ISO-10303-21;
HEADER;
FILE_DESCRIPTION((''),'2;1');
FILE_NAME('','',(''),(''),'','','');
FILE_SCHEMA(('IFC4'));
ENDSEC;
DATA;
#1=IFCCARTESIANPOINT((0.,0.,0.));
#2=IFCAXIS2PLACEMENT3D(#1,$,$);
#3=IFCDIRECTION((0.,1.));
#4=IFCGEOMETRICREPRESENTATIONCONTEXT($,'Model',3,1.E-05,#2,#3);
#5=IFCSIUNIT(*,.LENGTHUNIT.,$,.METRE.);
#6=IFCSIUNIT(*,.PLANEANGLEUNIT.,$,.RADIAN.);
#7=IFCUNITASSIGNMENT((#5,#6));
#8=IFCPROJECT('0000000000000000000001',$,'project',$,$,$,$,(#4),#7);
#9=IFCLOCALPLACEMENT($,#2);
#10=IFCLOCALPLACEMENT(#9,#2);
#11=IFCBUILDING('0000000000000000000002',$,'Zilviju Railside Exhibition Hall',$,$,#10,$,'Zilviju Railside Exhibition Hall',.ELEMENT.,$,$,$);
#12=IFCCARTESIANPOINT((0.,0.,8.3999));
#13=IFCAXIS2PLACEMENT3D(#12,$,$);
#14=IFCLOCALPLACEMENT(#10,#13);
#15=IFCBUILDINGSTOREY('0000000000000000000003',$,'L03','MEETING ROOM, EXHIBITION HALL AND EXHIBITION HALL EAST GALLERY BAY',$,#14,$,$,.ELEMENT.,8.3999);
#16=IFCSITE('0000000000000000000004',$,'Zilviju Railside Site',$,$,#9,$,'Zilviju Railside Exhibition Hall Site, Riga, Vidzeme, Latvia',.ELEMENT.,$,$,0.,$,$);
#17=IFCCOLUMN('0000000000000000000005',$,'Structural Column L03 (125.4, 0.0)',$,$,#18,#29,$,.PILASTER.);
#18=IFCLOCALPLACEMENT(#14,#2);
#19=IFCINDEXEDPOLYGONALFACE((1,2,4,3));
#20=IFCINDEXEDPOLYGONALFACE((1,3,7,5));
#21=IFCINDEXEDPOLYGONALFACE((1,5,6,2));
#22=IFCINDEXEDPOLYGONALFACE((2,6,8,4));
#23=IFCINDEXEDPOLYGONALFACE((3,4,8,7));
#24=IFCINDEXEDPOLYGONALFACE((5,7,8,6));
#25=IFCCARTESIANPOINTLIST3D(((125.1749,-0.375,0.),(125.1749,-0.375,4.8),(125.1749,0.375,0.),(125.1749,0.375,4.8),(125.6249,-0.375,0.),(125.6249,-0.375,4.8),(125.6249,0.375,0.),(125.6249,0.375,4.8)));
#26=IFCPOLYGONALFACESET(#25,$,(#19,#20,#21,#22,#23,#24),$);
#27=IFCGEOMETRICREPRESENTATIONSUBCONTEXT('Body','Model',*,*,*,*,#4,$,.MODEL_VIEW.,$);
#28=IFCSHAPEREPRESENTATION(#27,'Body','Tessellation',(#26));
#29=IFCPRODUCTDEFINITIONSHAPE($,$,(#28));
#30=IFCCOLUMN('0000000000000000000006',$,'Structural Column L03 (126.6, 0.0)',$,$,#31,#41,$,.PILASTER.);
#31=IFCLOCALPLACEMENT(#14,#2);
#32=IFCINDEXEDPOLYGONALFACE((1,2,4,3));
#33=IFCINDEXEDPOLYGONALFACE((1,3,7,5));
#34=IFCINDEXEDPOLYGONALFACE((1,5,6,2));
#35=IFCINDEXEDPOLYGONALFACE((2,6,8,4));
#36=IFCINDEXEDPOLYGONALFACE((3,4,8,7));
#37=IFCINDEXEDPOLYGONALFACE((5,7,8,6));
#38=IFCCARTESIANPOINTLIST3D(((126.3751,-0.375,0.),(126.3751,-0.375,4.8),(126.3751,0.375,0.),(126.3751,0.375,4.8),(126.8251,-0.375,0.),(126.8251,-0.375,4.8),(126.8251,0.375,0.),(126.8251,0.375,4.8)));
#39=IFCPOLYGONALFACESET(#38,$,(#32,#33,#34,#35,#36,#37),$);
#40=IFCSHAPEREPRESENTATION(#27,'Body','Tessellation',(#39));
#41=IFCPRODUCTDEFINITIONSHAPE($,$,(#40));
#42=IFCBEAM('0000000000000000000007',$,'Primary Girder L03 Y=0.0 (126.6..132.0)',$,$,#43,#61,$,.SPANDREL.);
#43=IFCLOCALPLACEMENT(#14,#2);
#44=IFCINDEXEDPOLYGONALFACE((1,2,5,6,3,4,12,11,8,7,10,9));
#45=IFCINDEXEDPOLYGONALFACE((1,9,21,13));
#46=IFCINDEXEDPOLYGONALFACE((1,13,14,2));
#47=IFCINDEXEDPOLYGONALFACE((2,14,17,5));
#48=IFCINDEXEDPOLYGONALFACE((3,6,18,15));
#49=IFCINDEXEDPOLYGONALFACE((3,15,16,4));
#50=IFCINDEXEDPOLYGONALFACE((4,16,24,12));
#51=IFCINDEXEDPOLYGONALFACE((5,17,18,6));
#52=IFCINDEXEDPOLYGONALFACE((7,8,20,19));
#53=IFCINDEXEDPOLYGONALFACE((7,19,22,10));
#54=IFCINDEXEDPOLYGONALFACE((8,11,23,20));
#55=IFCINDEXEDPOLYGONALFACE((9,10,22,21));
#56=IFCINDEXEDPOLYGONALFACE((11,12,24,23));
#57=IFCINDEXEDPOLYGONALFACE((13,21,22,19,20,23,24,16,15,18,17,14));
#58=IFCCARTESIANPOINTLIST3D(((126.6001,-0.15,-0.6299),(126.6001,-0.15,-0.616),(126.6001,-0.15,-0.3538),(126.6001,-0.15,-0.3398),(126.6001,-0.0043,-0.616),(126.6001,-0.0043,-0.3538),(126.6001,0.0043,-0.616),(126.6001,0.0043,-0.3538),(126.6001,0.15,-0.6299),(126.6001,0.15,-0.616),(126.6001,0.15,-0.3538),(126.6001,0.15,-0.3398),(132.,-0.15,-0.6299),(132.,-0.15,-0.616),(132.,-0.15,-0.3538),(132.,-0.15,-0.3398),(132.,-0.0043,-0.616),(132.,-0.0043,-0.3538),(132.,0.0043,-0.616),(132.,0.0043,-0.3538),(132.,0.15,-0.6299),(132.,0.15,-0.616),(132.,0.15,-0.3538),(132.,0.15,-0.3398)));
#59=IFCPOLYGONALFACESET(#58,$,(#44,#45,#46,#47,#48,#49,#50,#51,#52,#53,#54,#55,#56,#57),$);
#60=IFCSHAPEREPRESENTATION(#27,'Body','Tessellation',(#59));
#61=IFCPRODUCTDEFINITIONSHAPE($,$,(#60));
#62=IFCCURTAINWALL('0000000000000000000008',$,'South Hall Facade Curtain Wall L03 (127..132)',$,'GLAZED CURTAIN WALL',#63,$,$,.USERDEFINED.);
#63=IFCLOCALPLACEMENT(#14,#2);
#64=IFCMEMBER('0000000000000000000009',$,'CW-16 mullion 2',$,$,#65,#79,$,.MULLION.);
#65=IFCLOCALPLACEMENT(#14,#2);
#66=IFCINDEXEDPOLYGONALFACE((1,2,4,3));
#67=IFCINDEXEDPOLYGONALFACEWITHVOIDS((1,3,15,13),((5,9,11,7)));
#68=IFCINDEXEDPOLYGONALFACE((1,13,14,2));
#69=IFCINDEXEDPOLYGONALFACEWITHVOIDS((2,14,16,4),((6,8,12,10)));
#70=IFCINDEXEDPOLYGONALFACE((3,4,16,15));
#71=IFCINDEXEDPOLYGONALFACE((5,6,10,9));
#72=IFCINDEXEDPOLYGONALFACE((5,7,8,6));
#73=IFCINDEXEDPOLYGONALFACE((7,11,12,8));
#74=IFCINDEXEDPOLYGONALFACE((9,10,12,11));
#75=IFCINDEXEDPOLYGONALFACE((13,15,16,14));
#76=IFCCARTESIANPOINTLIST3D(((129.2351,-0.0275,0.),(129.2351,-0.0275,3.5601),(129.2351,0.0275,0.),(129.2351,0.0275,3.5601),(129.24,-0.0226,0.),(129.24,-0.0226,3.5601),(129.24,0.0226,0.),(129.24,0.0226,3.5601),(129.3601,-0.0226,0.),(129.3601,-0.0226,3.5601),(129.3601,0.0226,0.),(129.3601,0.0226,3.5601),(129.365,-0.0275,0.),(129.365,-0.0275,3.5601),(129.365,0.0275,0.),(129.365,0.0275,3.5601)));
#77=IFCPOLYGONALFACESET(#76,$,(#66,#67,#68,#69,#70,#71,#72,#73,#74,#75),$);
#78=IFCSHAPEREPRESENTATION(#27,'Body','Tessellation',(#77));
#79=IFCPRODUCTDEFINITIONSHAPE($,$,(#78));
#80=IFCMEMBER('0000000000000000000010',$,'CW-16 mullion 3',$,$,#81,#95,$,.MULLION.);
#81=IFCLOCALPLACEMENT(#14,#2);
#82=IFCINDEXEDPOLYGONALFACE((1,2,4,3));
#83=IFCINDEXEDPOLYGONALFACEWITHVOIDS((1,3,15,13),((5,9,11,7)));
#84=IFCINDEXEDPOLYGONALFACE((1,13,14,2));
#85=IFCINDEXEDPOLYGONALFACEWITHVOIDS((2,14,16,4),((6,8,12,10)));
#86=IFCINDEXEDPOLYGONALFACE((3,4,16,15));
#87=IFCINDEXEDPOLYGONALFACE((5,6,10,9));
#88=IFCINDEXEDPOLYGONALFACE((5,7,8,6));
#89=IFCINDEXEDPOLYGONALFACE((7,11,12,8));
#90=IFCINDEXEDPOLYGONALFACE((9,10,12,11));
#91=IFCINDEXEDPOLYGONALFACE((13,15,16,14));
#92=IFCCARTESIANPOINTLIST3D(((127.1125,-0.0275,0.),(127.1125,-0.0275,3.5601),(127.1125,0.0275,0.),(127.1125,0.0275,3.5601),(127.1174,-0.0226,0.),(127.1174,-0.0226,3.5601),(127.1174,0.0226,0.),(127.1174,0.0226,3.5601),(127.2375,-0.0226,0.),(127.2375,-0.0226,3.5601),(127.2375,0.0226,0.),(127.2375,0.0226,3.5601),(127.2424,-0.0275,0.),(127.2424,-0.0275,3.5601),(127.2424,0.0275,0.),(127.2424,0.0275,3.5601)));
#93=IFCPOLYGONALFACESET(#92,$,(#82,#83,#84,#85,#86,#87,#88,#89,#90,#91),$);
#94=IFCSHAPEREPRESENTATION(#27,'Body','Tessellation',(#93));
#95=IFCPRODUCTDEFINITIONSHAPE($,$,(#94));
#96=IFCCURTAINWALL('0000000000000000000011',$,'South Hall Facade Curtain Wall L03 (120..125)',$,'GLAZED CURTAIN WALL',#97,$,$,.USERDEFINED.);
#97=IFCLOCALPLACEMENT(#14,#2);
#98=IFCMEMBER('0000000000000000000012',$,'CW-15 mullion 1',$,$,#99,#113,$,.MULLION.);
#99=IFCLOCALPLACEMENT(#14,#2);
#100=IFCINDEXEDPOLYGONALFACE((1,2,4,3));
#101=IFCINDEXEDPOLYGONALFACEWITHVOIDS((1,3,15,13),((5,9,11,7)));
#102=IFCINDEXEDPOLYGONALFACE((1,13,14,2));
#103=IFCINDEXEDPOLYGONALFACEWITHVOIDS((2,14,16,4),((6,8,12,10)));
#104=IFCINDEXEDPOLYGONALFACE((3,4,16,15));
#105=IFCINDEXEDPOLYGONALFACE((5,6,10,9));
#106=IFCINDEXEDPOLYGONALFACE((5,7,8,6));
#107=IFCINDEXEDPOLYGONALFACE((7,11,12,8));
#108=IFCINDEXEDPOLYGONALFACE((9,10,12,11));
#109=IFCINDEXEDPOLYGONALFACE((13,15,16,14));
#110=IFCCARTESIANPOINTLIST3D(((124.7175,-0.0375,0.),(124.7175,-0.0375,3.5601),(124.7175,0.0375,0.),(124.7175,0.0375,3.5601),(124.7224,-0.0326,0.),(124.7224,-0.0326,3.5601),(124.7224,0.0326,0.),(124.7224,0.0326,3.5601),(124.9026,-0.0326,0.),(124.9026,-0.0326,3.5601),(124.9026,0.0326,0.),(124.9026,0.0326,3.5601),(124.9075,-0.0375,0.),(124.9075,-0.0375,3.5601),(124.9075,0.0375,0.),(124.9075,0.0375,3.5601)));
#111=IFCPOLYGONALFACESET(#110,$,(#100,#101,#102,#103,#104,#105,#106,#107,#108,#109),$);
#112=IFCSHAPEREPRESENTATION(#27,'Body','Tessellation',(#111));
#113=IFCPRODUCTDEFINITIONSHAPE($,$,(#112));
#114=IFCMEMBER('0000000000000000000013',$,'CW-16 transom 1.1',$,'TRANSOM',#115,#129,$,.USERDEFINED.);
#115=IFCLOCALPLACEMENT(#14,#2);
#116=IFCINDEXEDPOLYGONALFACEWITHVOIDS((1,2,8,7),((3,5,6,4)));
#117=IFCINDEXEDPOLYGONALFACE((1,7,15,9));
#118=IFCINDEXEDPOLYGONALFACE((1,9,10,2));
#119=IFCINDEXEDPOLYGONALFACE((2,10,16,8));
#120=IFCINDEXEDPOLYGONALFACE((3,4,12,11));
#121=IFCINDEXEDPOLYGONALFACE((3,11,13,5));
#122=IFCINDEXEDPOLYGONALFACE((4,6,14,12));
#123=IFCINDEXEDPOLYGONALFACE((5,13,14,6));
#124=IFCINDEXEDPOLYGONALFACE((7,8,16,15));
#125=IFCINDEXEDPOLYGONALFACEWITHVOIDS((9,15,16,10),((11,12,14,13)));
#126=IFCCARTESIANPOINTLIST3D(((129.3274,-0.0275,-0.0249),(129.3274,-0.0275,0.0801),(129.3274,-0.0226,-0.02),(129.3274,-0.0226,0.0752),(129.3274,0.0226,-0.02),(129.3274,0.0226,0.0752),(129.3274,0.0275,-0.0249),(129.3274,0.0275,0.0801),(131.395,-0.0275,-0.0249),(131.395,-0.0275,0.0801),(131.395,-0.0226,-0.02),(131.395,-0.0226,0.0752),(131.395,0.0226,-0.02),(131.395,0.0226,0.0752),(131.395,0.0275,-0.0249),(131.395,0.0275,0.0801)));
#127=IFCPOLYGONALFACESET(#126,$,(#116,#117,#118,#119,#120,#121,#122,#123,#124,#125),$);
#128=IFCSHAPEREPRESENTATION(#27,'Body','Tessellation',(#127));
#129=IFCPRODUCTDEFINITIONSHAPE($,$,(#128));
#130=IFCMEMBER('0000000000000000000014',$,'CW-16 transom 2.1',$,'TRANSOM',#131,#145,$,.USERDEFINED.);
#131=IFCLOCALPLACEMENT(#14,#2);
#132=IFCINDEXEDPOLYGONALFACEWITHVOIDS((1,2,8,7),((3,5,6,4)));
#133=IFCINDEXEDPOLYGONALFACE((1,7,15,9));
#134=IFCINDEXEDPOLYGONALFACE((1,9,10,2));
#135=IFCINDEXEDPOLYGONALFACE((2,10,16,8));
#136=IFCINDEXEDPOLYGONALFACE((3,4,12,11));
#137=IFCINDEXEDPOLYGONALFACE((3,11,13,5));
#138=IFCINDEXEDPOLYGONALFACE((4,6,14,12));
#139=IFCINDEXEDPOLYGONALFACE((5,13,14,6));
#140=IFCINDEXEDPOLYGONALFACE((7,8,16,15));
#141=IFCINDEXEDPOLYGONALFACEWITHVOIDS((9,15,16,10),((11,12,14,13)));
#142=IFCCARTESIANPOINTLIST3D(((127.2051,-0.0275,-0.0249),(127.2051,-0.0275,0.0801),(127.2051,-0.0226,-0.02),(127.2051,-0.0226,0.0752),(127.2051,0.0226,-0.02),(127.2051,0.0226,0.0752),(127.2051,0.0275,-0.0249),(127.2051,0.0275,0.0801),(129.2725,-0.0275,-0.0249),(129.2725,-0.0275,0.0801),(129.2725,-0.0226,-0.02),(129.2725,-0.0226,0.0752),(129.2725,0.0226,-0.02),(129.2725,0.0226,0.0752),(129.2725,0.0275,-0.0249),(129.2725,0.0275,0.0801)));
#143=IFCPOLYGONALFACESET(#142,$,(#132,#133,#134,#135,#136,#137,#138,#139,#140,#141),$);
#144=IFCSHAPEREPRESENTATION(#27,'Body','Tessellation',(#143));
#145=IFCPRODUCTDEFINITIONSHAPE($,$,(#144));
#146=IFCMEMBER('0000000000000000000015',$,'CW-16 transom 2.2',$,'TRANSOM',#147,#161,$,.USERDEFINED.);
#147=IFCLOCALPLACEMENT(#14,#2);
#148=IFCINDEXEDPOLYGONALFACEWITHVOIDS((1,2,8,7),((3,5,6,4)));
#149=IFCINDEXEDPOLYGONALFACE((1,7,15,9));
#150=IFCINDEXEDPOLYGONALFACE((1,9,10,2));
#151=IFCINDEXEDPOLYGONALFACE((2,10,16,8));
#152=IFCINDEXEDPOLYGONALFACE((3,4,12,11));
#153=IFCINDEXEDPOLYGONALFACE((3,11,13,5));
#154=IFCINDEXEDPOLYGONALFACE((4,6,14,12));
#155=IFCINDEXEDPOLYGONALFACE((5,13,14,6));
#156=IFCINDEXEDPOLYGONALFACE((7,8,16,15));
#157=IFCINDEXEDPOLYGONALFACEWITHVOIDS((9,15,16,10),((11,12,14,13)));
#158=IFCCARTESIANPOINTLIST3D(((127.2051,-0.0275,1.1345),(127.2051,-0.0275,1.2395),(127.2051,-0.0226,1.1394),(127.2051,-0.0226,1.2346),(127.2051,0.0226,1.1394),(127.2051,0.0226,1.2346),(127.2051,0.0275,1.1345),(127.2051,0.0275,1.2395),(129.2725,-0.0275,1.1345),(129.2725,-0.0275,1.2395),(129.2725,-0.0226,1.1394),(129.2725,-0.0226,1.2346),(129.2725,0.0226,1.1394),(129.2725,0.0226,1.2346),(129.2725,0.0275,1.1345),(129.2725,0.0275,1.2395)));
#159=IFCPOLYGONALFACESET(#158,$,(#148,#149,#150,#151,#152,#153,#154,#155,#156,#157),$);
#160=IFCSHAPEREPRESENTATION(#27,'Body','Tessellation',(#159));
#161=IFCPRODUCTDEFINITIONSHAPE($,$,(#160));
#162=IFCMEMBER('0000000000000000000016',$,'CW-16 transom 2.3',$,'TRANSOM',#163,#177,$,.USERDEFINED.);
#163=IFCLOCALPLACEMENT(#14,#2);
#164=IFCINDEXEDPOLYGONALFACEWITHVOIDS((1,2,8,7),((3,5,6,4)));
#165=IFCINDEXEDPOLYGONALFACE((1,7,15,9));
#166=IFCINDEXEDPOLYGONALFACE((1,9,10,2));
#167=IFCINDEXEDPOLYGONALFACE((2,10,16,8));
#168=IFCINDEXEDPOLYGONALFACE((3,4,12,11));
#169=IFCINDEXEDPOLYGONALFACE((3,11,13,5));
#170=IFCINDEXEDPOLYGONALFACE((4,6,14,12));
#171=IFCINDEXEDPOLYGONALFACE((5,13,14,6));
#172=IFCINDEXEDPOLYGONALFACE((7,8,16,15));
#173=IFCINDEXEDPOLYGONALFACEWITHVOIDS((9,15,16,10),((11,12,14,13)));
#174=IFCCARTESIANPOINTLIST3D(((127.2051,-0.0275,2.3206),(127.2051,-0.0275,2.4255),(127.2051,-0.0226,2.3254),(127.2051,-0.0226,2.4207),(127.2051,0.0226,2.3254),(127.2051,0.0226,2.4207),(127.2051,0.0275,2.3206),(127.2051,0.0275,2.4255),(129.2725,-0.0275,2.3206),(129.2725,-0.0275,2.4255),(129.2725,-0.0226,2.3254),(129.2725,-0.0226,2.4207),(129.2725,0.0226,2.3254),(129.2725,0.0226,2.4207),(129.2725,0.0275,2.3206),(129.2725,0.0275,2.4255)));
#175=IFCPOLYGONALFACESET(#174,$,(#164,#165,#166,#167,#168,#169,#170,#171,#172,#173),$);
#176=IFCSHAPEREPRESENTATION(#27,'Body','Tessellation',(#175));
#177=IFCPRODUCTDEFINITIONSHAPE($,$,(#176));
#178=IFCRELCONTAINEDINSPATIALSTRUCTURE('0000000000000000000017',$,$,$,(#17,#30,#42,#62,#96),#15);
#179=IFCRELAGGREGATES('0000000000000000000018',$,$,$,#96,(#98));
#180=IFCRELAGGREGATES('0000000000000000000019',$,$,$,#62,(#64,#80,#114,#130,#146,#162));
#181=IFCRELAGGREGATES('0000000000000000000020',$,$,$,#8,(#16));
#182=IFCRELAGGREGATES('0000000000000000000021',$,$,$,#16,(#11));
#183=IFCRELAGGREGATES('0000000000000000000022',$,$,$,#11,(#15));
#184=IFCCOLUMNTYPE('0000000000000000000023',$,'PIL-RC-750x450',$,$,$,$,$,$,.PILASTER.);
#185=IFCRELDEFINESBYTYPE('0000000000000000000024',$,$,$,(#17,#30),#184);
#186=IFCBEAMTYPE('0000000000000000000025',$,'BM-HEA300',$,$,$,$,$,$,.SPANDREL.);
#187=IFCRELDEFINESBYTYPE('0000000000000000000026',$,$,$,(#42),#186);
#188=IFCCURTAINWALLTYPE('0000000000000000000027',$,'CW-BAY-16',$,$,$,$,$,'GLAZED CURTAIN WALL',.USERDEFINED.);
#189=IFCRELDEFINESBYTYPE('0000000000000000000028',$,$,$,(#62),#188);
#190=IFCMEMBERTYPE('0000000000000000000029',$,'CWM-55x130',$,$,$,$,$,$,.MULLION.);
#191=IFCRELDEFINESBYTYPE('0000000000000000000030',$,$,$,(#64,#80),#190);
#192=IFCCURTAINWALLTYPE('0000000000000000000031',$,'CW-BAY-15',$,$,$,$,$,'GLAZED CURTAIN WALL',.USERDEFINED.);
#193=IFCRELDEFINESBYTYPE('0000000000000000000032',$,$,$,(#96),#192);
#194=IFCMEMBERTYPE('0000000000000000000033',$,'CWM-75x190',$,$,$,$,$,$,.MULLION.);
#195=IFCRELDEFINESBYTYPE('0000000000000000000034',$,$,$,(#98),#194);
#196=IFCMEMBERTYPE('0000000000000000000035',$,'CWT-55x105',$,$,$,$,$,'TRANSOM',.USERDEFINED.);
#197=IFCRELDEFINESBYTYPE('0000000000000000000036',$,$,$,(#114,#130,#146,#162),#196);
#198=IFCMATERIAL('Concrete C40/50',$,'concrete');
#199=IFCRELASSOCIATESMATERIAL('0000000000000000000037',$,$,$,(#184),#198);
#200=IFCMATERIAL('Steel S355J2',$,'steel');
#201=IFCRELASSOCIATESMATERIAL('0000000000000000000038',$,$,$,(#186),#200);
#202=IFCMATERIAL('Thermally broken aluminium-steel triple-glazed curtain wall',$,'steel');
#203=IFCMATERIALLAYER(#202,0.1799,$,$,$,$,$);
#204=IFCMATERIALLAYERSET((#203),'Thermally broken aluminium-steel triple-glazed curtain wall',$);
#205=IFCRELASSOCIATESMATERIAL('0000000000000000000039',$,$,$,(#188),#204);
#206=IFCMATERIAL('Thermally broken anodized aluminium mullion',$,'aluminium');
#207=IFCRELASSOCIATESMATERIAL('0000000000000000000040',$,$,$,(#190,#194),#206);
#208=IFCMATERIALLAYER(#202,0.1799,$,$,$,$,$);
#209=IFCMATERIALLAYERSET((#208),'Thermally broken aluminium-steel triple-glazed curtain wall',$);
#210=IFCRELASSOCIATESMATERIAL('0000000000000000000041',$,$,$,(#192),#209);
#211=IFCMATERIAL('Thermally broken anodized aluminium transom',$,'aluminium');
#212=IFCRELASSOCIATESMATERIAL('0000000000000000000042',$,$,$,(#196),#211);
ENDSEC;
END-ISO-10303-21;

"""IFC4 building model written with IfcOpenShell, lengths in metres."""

from ifc_helpers import new_model, si_unit, direction, frame, origin, origin_2d, place, context, subcontext, project, spatial, rectangle, hollow_rectangle, i_section, extrude, material, layer, layer_set, material_profile, profile_set, type_object, element, aggregate, save


model = new_model("IFC4")

# Units and contexts
model_context = context("Model", 3, precision=1e-05, world=origin(), true_north=direction((0.0, 1.0)))
body_context = subcontext(model_context, "Body", "Model", "MODEL_VIEW")
ifc_project = project(units=[si_unit("LENGTHUNIT", "METRE"), si_unit("PLANEANGLEUNIT", "RADIAN")], contexts=[model_context])

# Site, building, storey
site_placement = place(None, origin())
site = spatial("IfcSite", under=ifc_project, at=site_placement, Name="Zilviju Railside Site", LongName="Zilviju Railside Exhibition Hall Site, Riga, Vidzeme, Latvia", CompositionType="ELEMENT", RefElevation=0.0)
building_placement = place(site_placement, origin())
building = spatial("IfcBuilding", under=site, at=building_placement, Name="Zilviju Railside Exhibition Hall", LongName="Zilviju Railside Exhibition Hall", CompositionType="ELEMENT")
storey_placement = place(building_placement, frame((0.0, 0.0, 8.3999)))
storey = spatial("IfcBuildingStorey", under=building, at=storey_placement, Name="L03", Description="MEETING ROOM, EXHIBITION HALL AND EXHIBITION HALL EAST GALLERY BAY", CompositionType="ELEMENT", Elevation=8.3999)

# Columns
ifc_material_1 = material(Name="Concrete C40/50", Category="concrete")
ifc_material_profile_1 = material_profile(ifc_material_1, rectangle(XDim=0.45, YDim=0.75, at=origin_2d()), Name="RC COL 450x750")
ifc_profile_set_1 = profile_set([ifc_material_profile_1], Name="Concrete C40/50")
column_type = type_object("IfcColumnType", Name="PIL-RC-750x450", PredefinedType="PILASTER", material=ifc_profile_set_1)
for number, where, z_axis, x_axis, name in (
    (1, (125.3999, 0.0, 0.0), (0.0, 0.0, 1.0), (1.0, 0.0, 0.0), "Structural Column L03 (125.4, 0.0)"),
    (2, (126.6001, 0.0, 0.0), (0.0, 0.0, 1.0), (1.0, 0.0, 0.0), "Structural Column L03 (126.6, 0.0)"),
):
    element("IfcColumn", number, at=place(storey_placement, frame(where, z_axis=z_axis, x_axis=x_axis)), inside=storey, type_object=column_type, Name=name, PredefinedType="PILASTER", context=body_context, shape_type="SweptSolid", body=[
        extrude(rectangle(XDim=0.45, YDim=0.75, at=origin_2d()), origin(), (0.0, 0.0, 1.0), 4.8),
    ])

# Beam
ifc_material_2 = material(Name="Steel S355J2", Category="steel")
ifc_material_profile_2 = material_profile(ifc_material_2, i_section(OverallWidth=0.3, OverallDepth=0.29, WebThickness=0.0085, FlangeThickness=0.0139, at=origin_2d()), Name="HEA 300")
ifc_profile_set_2 = profile_set([ifc_material_profile_2], Name="Steel S355J2")
beam_type = type_object("IfcBeamType", Name="BM-HEA300", PredefinedType="SPANDREL", material=ifc_profile_set_2)
beam_placement = place(storey_placement, frame((126.6001, 0.0, -0.4849), z_axis=(1.0, 0.0, 0.0), x_axis=(0.0, 1.0, 0.0)))
element("IfcBeam", 3, at=beam_placement, inside=storey, type_object=beam_type, Name="Primary Girder L03 Y=0.0 (126.6..132.0)", PredefinedType="SPANDREL", context=body_context, shape_type="SweptSolid", body=[
    extrude(i_section(OverallWidth=0.3, OverallDepth=0.29, WebThickness=0.0085, FlangeThickness=0.0139, at=origin_2d()), origin(), (0.0, 0.0, 1.0), 5.3999),
])

# Curtain wall, members
ifc_material_3 = material(Name="Thermally broken aluminium-steel triple-glazed curtain wall", Category="steel")
ifc_layer_1 = layer(ifc_material_3, 0.1799)
ifc_layer_set_1 = layer_set([ifc_layer_1], Name="Thermally broken aluminium-steel triple-glazed curtain wall")
curtain_wall_type_1 = type_object("IfcCurtainWallType", Name="CW-BAY-16", ElementType="GLAZED CURTAIN WALL", PredefinedType="USERDEFINED", material=ifc_layer_set_1)
curtain_wall_1_placement = place(storey_placement, origin())
curtain_wall_1 = element("IfcCurtainWall", 4, at=curtain_wall_1_placement, inside=storey, type_object=curtain_wall_type_1, Name="South Hall Facade Curtain Wall L03 (127..132)", ObjectType="GLAZED CURTAIN WALL", PredefinedType="USERDEFINED")
ifc_material_4 = material(Name="Thermally broken anodized aluminium mullion", Category="aluminium")
ifc_material_profile_3 = material_profile(ifc_material_4, hollow_rectangle(XDim=0.0549, YDim=0.1299, WallThickness=0.0049, at=origin_2d()), Name="MULLION 130x55x5")
ifc_profile_set_3 = profile_set([ifc_material_profile_3], Name="Thermally broken anodized aluminium mullion")
member_type_1 = type_object("IfcMemberType", Name="CWM-55x130", PredefinedType="MULLION", material=ifc_profile_set_3)
member_1_placement = place(storey_placement, frame((129.3, 0.0, 0.0), z_axis=(0.0, 0.0, 1.0), x_axis=(0.0, -1.0, 0.0)))
member_1 = element("IfcMember", 5, at=member_1_placement, type_object=member_type_1, Name="CW-16 mullion 2", PredefinedType="MULLION", context=body_context, shape_type="SweptSolid", body=[
    extrude(hollow_rectangle(XDim=0.0549, YDim=0.1299, WallThickness=0.0049, at=origin_2d()), origin(), (0.0, 0.0, 1.0), 3.5601),
])
member_2_placement = place(storey_placement, frame((127.1775, 0.0, 0.0), z_axis=(0.0, 0.0, 1.0), x_axis=(0.0, -1.0, 0.0)))
member_2 = element("IfcMember", 6, at=member_2_placement, type_object=member_type_1, Name="CW-16 mullion 3", PredefinedType="MULLION", context=body_context, shape_type="SweptSolid", body=[
    extrude(hollow_rectangle(XDim=0.0549, YDim=0.1299, WallThickness=0.0049, at=origin_2d()), origin(), (0.0, 0.0, 1.0), 3.5601),
])

# Curtain wall, member
ifc_layer_2 = layer(ifc_material_3, 0.1799)
ifc_layer_set_2 = layer_set([ifc_layer_2], Name="Thermally broken aluminium-steel triple-glazed curtain wall")
curtain_wall_type_2 = type_object("IfcCurtainWallType", Name="CW-BAY-15", ElementType="GLAZED CURTAIN WALL", PredefinedType="USERDEFINED", material=ifc_layer_set_2)
curtain_wall_2_placement = place(storey_placement, origin())
curtain_wall_2 = element("IfcCurtainWall", 7, at=curtain_wall_2_placement, inside=storey, type_object=curtain_wall_type_2, Name="South Hall Facade Curtain Wall L03 (120..125)", ObjectType="GLAZED CURTAIN WALL", PredefinedType="USERDEFINED")
ifc_material_profile_4 = material_profile(ifc_material_4, hollow_rectangle(XDim=0.075, YDim=0.1899, WallThickness=0.0049, at=origin_2d()), Name="MULLION 190x75x5")
ifc_profile_set_4 = profile_set([ifc_material_profile_4], Name="Thermally broken anodized aluminium mullion")
member_type_2 = type_object("IfcMemberType", Name="CWM-75x190", PredefinedType="MULLION", material=ifc_profile_set_4)
member_3_placement = place(storey_placement, frame((124.8125, 0.0, 0.0), z_axis=(0.0, 0.0, 1.0), x_axis=(0.0, -1.0, 0.0)))
member_3 = element("IfcMember", 8, at=member_3_placement, type_object=member_type_2, Name="CW-15 mullion 1", PredefinedType="MULLION", context=body_context, shape_type="SweptSolid", body=[
    extrude(hollow_rectangle(XDim=0.075, YDim=0.1899, WallThickness=0.0049, at=origin_2d()), origin(), (0.0, 0.0, 1.0), 3.5601),
])

# Members
ifc_material_5 = material(Name="Thermally broken anodized aluminium transom", Category="aluminium")
ifc_material_profile_5 = material_profile(ifc_material_5, hollow_rectangle(XDim=0.0549, YDim=0.105, WallThickness=0.0049, at=origin_2d()), Name="TRANSOM 105x55x5")
ifc_profile_set_5 = profile_set([ifc_material_profile_5], Name="Thermally broken anodized aluminium transom")
member_type_3 = type_object("IfcMemberType", Name="CWT-55x105", ElementType="TRANSOM", PredefinedType="USERDEFINED", material=ifc_profile_set_5)
member_4_placement = place(storey_placement, frame((131.395, 0.0, 0.0276), z_axis=(-1.0, 0.0, 0.0), x_axis=(0.0, -1.0, 0.0)))
member_4 = element("IfcMember", 9, at=member_4_placement, type_object=member_type_3, Name="CW-16 transom 1.1", ObjectType="TRANSOM", PredefinedType="USERDEFINED", context=body_context, shape_type="SweptSolid", body=[
    extrude(hollow_rectangle(XDim=0.0549, YDim=0.105, WallThickness=0.0049, at=origin_2d()), origin(), (0.0, 0.0, 1.0), 2.0676),
])
member_5_placement = place(storey_placement, frame((129.2725, 0.0, 0.0276), z_axis=(-1.0, 0.0, 0.0), x_axis=(0.0, -1.0, 0.0)))
member_5 = element("IfcMember", 10, at=member_5_placement, type_object=member_type_3, Name="CW-16 transom 2.1", ObjectType="TRANSOM", PredefinedType="USERDEFINED", context=body_context, shape_type="SweptSolid", body=[
    extrude(hollow_rectangle(XDim=0.0549, YDim=0.105, WallThickness=0.0049, at=origin_2d()), origin(), (0.0, 0.0, 1.0), 2.0674),
])
member_6_placement = place(storey_placement, frame((129.2725, 0.0, 1.187), z_axis=(-1.0, 0.0, 0.0), x_axis=(0.0, -1.0, 0.0)))
member_6 = element("IfcMember", 11, at=member_6_placement, type_object=member_type_3, Name="CW-16 transom 2.2", ObjectType="TRANSOM", PredefinedType="USERDEFINED", context=body_context, shape_type="SweptSolid", body=[
    extrude(hollow_rectangle(XDim=0.0549, YDim=0.105, WallThickness=0.0049, at=origin_2d()), origin(), (0.0, 0.0, 1.0), 2.0674),
])
member_7_placement = place(storey_placement, frame((129.2725, 0.0, 2.373), z_axis=(-1.0, 0.0, 0.0), x_axis=(0.0, -1.0, 0.0)))
member_7 = element("IfcMember", 12, at=member_7_placement, type_object=member_type_3, Name="CW-16 transom 2.3", ObjectType="TRANSOM", PredefinedType="USERDEFINED", context=body_context, shape_type="SweptSolid", body=[
    extrude(hollow_rectangle(XDim=0.0549, YDim=0.105, WallThickness=0.0049, at=origin_2d()), origin(), (0.0, 0.0, 1.0), 2.0674),
])
aggregate(curtain_wall_2, [member_3])

aggregate(curtain_wall_1, [member_1, member_2, member_4, member_5, member_6, member_7])

save(model, "model.ifc")
